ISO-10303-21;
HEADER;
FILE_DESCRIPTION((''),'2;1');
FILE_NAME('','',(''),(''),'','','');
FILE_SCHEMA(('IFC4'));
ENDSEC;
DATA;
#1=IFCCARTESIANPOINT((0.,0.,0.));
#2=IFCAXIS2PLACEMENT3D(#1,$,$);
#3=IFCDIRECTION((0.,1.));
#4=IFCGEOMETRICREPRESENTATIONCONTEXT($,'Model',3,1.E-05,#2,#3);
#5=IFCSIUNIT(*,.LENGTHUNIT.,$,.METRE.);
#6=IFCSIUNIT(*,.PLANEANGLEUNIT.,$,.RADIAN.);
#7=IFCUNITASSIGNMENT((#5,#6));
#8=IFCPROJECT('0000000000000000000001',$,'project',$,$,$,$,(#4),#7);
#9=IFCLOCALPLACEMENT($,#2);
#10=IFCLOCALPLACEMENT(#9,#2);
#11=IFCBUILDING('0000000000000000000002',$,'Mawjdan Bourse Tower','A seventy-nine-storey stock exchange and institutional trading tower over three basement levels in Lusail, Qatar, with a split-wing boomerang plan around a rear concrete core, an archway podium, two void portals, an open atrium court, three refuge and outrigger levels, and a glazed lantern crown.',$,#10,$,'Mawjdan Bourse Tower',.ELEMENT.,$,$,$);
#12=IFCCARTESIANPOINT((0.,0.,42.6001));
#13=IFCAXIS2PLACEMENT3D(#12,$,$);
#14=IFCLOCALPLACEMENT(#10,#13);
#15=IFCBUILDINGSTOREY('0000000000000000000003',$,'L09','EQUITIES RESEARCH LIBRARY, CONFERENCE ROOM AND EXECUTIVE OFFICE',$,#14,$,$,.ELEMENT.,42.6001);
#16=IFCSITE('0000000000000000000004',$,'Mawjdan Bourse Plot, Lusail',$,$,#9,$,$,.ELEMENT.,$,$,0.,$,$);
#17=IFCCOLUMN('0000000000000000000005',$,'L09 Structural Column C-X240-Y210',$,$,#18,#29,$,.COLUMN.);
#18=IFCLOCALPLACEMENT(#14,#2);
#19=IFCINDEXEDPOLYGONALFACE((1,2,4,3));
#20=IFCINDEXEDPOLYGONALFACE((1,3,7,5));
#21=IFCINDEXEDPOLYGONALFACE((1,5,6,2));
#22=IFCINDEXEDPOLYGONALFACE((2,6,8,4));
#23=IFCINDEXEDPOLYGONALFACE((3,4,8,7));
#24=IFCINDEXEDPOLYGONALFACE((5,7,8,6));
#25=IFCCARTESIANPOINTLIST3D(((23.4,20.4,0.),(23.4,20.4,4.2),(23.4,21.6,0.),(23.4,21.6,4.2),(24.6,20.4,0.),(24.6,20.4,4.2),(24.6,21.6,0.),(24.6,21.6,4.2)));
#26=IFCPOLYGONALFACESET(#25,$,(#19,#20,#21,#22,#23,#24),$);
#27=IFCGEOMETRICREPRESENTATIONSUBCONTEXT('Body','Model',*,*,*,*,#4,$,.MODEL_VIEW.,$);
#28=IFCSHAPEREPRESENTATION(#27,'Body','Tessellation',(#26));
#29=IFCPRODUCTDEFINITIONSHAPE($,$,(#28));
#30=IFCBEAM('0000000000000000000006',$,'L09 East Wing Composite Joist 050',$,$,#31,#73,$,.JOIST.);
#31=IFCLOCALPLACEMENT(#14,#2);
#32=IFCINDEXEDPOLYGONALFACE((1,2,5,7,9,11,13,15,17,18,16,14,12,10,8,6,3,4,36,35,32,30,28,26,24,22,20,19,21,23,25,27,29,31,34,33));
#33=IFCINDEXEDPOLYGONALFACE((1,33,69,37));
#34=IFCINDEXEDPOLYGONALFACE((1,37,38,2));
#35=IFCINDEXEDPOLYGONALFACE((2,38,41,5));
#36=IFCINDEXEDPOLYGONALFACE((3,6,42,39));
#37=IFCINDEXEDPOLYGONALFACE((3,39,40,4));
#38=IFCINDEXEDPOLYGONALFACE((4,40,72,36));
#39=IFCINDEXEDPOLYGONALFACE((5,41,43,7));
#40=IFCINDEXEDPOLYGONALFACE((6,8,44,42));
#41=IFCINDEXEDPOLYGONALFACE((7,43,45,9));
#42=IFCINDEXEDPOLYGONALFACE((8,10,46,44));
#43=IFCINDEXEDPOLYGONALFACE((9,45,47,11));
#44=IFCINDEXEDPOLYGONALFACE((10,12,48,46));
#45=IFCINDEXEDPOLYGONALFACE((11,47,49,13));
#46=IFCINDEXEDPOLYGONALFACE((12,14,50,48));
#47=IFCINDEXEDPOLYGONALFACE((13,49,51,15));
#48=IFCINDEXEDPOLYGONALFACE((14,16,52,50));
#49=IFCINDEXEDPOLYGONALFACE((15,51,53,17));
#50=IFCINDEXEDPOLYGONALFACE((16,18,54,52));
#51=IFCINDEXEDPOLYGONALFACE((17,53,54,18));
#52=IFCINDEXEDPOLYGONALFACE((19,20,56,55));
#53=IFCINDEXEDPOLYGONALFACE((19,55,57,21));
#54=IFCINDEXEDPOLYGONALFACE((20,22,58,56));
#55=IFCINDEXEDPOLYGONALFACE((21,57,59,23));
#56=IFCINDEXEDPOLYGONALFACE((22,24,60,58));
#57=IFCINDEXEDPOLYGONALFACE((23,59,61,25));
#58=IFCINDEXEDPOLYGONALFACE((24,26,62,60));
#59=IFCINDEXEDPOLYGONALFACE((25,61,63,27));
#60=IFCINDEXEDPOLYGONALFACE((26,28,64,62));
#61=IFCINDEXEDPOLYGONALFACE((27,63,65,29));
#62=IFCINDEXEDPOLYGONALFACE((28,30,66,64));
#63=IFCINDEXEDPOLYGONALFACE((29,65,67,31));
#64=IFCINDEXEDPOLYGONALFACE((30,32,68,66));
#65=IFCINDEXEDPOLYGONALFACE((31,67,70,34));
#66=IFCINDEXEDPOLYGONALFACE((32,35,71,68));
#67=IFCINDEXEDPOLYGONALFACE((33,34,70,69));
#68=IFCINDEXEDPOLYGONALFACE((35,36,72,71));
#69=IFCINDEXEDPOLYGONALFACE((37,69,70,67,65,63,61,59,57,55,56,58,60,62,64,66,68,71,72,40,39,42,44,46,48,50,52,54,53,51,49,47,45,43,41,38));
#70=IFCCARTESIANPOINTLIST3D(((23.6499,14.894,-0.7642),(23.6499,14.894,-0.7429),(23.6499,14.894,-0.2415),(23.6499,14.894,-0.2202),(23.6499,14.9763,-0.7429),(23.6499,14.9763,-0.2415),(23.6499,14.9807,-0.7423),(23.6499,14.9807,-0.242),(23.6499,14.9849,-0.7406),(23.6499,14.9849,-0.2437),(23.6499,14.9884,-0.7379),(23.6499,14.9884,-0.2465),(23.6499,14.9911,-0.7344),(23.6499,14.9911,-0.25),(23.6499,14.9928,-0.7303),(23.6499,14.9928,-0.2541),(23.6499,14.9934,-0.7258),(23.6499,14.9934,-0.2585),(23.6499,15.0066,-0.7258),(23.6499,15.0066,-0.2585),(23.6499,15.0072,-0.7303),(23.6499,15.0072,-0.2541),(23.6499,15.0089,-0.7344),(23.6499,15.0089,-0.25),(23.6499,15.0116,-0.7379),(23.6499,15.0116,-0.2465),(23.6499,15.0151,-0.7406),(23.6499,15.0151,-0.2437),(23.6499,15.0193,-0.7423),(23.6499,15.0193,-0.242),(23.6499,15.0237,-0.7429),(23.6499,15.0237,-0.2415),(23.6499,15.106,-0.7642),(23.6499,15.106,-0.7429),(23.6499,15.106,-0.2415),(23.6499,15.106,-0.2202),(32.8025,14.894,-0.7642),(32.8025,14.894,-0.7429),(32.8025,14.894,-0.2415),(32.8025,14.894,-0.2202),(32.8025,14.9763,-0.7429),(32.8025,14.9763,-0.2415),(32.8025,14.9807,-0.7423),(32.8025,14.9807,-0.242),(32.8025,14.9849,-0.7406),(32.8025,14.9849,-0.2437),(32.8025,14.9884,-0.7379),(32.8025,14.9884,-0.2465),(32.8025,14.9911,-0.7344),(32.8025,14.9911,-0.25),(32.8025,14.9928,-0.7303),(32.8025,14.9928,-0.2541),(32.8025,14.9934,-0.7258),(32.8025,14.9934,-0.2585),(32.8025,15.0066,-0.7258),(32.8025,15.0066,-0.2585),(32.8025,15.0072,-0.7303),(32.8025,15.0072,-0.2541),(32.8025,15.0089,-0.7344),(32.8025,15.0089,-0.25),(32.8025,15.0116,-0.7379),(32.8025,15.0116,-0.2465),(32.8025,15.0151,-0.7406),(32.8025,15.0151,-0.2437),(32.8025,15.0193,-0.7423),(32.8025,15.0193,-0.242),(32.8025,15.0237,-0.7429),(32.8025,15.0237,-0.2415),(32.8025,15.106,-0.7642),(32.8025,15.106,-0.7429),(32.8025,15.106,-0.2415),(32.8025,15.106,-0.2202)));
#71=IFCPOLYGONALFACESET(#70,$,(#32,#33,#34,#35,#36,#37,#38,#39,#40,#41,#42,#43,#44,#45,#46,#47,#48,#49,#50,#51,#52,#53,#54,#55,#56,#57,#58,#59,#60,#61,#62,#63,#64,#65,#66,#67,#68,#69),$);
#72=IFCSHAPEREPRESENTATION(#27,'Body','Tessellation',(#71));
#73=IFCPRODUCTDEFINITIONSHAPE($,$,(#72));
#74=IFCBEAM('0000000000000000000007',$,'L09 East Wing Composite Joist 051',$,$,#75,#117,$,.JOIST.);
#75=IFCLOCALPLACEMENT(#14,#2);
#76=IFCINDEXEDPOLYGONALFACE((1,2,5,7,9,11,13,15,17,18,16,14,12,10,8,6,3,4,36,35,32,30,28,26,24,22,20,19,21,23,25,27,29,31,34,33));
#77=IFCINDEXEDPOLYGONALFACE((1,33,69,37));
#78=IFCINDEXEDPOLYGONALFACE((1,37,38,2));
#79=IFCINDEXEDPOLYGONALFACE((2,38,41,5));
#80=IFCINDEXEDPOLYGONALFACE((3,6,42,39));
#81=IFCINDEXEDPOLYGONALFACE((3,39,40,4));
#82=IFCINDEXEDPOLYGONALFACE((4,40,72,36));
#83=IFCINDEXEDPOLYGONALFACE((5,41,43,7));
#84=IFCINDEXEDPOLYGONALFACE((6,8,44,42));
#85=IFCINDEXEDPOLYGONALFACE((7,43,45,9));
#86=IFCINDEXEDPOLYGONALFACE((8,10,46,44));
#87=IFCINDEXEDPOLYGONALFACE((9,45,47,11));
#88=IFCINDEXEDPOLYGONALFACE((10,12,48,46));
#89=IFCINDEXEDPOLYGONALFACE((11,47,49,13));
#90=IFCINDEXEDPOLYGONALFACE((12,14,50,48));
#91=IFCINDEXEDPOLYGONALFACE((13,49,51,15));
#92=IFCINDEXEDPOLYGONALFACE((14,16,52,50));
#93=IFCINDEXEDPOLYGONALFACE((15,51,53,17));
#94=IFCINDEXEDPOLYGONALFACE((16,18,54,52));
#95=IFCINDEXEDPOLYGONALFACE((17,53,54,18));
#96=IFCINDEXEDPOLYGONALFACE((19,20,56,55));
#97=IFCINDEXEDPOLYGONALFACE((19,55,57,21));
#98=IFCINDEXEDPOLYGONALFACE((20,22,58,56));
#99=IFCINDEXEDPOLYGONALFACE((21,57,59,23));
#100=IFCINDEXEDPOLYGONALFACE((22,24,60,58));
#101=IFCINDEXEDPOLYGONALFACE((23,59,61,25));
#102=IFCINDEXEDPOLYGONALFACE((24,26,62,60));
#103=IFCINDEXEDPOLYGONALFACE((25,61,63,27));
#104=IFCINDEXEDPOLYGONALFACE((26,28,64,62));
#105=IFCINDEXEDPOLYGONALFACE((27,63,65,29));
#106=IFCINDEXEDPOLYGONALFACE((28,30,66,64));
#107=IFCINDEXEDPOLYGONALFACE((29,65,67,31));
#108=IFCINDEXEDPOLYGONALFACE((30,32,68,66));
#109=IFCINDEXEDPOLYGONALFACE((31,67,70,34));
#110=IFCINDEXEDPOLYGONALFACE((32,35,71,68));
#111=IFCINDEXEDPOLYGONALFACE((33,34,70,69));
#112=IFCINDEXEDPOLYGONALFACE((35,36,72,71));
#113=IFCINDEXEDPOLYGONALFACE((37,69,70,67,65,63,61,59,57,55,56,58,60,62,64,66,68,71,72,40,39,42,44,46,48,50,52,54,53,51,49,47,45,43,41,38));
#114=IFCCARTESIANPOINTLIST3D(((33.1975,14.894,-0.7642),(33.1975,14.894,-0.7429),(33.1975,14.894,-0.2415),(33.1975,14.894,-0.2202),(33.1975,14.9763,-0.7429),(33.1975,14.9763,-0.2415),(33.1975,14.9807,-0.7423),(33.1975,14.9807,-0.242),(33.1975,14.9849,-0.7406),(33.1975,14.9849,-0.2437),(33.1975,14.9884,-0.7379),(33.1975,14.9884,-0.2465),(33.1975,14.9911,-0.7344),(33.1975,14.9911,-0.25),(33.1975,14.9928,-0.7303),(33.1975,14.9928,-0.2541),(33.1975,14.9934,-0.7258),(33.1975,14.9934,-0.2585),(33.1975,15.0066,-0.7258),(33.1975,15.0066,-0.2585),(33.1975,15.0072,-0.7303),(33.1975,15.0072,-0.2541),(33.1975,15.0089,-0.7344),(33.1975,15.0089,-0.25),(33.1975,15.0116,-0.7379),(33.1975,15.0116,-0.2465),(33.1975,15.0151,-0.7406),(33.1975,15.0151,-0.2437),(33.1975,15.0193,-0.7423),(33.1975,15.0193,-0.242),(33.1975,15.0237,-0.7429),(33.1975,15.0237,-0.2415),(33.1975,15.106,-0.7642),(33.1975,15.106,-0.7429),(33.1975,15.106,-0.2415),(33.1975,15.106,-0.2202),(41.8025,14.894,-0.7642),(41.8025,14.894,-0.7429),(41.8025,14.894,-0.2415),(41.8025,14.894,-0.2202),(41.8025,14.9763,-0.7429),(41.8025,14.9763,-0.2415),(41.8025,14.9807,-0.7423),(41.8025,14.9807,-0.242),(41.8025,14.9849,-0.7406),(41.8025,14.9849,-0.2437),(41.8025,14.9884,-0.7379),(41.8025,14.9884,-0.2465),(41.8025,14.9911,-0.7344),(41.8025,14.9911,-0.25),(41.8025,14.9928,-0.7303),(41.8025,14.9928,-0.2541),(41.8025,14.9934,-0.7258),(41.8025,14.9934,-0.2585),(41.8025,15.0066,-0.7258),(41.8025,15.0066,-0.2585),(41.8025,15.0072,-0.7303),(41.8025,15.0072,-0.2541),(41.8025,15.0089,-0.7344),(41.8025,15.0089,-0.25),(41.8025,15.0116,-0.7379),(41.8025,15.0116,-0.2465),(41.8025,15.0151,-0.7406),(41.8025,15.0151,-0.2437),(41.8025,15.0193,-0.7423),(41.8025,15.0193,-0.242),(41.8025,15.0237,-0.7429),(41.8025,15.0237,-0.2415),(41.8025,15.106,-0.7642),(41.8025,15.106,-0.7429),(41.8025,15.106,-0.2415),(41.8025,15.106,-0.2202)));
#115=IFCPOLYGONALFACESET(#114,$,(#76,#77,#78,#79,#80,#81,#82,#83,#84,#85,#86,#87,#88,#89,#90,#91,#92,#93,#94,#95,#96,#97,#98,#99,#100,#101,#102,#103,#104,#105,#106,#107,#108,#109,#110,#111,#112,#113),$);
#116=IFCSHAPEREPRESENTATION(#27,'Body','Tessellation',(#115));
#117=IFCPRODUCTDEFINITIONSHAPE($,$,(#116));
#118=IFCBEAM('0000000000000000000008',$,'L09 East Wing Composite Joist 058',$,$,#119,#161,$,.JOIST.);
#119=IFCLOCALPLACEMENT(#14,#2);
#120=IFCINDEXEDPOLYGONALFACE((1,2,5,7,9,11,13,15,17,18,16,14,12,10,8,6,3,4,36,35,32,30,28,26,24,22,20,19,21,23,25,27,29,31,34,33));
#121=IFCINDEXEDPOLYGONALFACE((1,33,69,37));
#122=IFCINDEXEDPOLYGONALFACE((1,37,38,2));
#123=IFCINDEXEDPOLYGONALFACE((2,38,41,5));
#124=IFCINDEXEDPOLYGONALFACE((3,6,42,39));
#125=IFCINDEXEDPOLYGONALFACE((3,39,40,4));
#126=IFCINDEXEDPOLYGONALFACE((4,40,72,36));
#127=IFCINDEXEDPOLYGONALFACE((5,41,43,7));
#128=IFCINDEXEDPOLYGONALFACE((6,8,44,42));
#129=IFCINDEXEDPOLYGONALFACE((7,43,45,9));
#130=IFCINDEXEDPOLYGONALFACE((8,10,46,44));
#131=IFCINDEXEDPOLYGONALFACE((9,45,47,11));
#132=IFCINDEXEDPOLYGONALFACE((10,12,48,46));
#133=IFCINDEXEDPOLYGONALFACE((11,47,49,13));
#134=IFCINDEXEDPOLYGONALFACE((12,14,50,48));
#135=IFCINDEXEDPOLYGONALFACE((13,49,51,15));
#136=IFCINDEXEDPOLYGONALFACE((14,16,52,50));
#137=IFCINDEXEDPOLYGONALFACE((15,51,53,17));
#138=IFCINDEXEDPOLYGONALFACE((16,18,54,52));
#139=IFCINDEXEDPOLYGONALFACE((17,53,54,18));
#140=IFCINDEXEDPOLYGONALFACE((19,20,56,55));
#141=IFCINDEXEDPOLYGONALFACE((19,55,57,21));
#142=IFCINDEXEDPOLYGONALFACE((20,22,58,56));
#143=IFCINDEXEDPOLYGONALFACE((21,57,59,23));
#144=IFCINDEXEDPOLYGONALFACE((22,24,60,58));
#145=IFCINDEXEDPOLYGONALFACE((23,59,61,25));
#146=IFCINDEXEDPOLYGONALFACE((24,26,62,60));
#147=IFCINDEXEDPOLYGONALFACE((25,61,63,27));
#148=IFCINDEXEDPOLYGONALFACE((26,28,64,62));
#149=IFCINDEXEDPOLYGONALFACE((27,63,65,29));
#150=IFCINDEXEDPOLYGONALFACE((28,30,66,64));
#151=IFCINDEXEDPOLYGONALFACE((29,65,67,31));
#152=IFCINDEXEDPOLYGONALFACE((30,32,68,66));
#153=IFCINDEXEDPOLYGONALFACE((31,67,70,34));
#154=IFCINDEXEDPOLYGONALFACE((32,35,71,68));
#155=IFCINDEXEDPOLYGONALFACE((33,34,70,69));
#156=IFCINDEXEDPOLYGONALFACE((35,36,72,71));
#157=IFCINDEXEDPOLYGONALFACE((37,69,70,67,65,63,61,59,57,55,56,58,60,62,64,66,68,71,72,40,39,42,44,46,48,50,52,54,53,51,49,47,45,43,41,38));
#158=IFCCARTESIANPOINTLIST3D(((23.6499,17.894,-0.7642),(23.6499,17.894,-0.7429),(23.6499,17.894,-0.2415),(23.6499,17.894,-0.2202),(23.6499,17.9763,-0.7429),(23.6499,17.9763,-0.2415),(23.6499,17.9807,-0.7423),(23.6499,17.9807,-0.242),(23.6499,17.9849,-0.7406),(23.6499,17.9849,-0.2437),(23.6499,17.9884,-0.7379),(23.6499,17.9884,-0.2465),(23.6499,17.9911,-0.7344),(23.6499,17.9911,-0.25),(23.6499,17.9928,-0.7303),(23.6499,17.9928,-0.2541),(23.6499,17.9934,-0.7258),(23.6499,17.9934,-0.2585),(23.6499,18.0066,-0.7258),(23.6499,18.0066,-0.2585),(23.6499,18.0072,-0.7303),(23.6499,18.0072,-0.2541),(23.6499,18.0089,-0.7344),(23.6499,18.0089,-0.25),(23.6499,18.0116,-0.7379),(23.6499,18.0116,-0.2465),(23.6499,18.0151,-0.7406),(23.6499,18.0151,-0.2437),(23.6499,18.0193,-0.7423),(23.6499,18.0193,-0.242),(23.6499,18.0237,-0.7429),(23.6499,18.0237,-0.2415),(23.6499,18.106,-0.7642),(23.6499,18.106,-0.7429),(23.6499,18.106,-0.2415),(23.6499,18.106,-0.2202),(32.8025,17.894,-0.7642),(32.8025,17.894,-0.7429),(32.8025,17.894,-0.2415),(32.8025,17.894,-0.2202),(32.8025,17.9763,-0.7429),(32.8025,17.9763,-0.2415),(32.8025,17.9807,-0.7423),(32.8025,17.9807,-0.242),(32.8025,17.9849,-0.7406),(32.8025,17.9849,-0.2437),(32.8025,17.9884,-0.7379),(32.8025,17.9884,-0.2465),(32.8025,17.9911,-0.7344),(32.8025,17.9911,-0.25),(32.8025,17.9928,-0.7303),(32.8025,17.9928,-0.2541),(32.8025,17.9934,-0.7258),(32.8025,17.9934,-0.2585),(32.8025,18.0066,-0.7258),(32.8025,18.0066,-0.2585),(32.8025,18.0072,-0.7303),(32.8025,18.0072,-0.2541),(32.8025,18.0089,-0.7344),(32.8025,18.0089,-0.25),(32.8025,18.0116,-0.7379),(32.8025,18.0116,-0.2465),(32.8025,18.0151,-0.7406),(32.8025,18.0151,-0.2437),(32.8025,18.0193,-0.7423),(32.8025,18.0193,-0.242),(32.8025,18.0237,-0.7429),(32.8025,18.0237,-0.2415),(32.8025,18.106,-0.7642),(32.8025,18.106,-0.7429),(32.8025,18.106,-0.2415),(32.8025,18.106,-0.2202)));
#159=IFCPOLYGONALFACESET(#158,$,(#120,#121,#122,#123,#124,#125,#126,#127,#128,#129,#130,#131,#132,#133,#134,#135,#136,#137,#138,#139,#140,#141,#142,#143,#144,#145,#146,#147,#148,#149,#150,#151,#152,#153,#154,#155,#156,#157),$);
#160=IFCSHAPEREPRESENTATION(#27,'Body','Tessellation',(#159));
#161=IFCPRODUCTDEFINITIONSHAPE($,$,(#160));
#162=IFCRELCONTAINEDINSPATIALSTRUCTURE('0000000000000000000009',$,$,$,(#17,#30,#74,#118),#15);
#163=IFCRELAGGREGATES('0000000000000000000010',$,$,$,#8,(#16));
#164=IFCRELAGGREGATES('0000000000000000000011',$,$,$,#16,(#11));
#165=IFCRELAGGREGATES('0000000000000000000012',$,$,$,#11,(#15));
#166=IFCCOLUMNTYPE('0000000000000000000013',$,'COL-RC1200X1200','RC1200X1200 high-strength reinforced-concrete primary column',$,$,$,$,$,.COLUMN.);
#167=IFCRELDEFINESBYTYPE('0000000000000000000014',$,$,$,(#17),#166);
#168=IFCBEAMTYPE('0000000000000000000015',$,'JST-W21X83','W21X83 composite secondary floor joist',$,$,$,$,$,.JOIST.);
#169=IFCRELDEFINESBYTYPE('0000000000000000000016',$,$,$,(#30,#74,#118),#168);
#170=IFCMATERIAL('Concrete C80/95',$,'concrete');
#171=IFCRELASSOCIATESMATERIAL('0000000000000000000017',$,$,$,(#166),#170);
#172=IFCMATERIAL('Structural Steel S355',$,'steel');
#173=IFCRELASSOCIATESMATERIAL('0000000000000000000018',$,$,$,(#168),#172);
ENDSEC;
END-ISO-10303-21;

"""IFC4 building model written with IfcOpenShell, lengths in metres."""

from ifc_helpers import new_model, si_unit, direction, frame, origin, origin_2d, place, context, subcontext, project, spatial, rectangle, i_section, extrude, material, material_profile, profile_set, type_object, element, save


model = new_model("IFC4")

# Units and contexts
model_context = context("Model", 3, precision=1e-05, world=origin(), true_north=direction((0.0, 1.0)))
body_context = subcontext(model_context, "Body", "Model", "MODEL_VIEW")
ifc_project = project(units=[si_unit("LENGTHUNIT", "METRE"), si_unit("PLANEANGLEUNIT", "RADIAN")], contexts=[model_context])

# Site, building, storey
site_placement = place(None, origin())
site = spatial("IfcSite", under=ifc_project, at=site_placement, Name="Mawjdan Bourse Plot, Lusail", CompositionType="ELEMENT", RefElevation=0.0)
building_placement = place(site_placement, origin())
building = spatial("IfcBuilding", under=site, at=building_placement, Name="Mawjdan Bourse Tower", Description="A seventy-nine-storey stock exchange and institutional trading tower over three basement levels in Lusail, Qatar, with a split-wing boomerang plan around a rear concrete core, an archway podium, two void portals, an open atrium court, three refuge and outrigger levels, and a glazed lantern crown.", LongName="Mawjdan Bourse Tower", CompositionType="ELEMENT")
storey_placement = place(building_placement, frame((0.0, 0.0, 42.6001)))
storey = spatial("IfcBuildingStorey", under=building, at=storey_placement, Name="L09", Description="EQUITIES RESEARCH LIBRARY, CONFERENCE ROOM AND EXECUTIVE OFFICE", CompositionType="ELEMENT", Elevation=42.6001)

# Column
ifc_material_1 = material(Name="Concrete C80/95", Category="concrete")
ifc_material_profile_1 = material_profile(ifc_material_1, rectangle(XDim=1.2, YDim=1.2, at=origin_2d()), Name="RC1200X1200")
ifc_profile_set_1 = profile_set([ifc_material_profile_1], Name="Concrete C80/95")
column_type = type_object("IfcColumnType", Name="COL-RC1200X1200", Description="RC1200X1200 high-strength reinforced-concrete primary column", PredefinedType="COLUMN", material=ifc_profile_set_1)
column_placement = place(storey_placement, frame((24.0, 21.0, 0.0), z_axis=(0.0, 0.0, 1.0), x_axis=(1.0, 0.0, 0.0)))
element("IfcColumn", 1, at=column_placement, inside=storey, type_object=column_type, Name="L09 Structural Column C-X240-Y210", PredefinedType="COLUMN", context=body_context, shape_type="SweptSolid", body=[
    extrude(rectangle(XDim=1.2, YDim=1.2, at=origin_2d()), origin(), (0.0, 0.0, 1.0), 4.2),
])

# Beams
ifc_material_2 = material(Name="Structural Steel S355", Category="steel")
ifc_material_profile_2 = material_profile(ifc_material_2, i_section(OverallWidth=0.2119, OverallDepth=0.5439, WebThickness=0.0132, FlangeThickness=0.0212, FilletRadius=0.0171, at=origin_2d()), Name="W21X83")
ifc_profile_set_2 = profile_set([ifc_material_profile_2], Name="Structural Steel S355")
beam_type_1 = type_object("IfcBeamType", Name="JST-W21X83", Description="W21X83 composite secondary floor joist", PredefinedType="JOIST", material=ifc_profile_set_2)
beam_1_placement = place(storey_placement, frame((23.6499, 15.0, -0.4922), z_axis=(1.0, 0.0, 0.0), x_axis=(0.0, 1.0, 0.0)))
element("IfcBeam", 2, at=beam_1_placement, inside=storey, type_object=beam_type_1, Name="L09 East Wing Composite Joist 050", PredefinedType="JOIST", context=body_context, shape_type="SweptSolid", body=[
    extrude(i_section(OverallWidth=0.2119, OverallDepth=0.5439, WebThickness=0.0132, FlangeThickness=0.0212, FilletRadius=0.0171, at=origin_2d()), origin(), (0.0, 0.0, 1.0), 9.1526),
])
beam_2_placement = place(storey_placement, frame((33.1975, 15.0, -0.4922), z_axis=(1.0, 0.0, 0.0), x_axis=(0.0, 1.0, 0.0)))
element("IfcBeam", 3, at=beam_2_placement, inside=storey, type_object=beam_type_1, Name="L09 East Wing Composite Joist 051", PredefinedType="JOIST", context=body_context, shape_type="SweptSolid", body=[
    extrude(i_section(OverallWidth=0.2119, OverallDepth=0.5439, WebThickness=0.0132, FlangeThickness=0.0212, FilletRadius=0.0171, at=origin_2d()), origin(), (0.0, 0.0, 1.0), 8.605),
])
beam_3_placement = place(storey_placement, frame((23.6499, 18.0, -0.4922), z_axis=(1.0, 0.0, 0.0), x_axis=(0.0, 1.0, 0.0)))
element("IfcBeam", 4, at=beam_3_placement, inside=storey, type_object=beam_type_1, Name="L09 East Wing Composite Joist 058", PredefinedType="JOIST", context=body_context, shape_type="SweptSolid", body=[
    extrude(i_section(OverallWidth=0.2119, OverallDepth=0.5439, WebThickness=0.0132, FlangeThickness=0.0212, FilletRadius=0.0171, at=origin_2d()), origin(), (0.0, 0.0, 1.0), 9.1526),
])

save(model, "model.ifc")
